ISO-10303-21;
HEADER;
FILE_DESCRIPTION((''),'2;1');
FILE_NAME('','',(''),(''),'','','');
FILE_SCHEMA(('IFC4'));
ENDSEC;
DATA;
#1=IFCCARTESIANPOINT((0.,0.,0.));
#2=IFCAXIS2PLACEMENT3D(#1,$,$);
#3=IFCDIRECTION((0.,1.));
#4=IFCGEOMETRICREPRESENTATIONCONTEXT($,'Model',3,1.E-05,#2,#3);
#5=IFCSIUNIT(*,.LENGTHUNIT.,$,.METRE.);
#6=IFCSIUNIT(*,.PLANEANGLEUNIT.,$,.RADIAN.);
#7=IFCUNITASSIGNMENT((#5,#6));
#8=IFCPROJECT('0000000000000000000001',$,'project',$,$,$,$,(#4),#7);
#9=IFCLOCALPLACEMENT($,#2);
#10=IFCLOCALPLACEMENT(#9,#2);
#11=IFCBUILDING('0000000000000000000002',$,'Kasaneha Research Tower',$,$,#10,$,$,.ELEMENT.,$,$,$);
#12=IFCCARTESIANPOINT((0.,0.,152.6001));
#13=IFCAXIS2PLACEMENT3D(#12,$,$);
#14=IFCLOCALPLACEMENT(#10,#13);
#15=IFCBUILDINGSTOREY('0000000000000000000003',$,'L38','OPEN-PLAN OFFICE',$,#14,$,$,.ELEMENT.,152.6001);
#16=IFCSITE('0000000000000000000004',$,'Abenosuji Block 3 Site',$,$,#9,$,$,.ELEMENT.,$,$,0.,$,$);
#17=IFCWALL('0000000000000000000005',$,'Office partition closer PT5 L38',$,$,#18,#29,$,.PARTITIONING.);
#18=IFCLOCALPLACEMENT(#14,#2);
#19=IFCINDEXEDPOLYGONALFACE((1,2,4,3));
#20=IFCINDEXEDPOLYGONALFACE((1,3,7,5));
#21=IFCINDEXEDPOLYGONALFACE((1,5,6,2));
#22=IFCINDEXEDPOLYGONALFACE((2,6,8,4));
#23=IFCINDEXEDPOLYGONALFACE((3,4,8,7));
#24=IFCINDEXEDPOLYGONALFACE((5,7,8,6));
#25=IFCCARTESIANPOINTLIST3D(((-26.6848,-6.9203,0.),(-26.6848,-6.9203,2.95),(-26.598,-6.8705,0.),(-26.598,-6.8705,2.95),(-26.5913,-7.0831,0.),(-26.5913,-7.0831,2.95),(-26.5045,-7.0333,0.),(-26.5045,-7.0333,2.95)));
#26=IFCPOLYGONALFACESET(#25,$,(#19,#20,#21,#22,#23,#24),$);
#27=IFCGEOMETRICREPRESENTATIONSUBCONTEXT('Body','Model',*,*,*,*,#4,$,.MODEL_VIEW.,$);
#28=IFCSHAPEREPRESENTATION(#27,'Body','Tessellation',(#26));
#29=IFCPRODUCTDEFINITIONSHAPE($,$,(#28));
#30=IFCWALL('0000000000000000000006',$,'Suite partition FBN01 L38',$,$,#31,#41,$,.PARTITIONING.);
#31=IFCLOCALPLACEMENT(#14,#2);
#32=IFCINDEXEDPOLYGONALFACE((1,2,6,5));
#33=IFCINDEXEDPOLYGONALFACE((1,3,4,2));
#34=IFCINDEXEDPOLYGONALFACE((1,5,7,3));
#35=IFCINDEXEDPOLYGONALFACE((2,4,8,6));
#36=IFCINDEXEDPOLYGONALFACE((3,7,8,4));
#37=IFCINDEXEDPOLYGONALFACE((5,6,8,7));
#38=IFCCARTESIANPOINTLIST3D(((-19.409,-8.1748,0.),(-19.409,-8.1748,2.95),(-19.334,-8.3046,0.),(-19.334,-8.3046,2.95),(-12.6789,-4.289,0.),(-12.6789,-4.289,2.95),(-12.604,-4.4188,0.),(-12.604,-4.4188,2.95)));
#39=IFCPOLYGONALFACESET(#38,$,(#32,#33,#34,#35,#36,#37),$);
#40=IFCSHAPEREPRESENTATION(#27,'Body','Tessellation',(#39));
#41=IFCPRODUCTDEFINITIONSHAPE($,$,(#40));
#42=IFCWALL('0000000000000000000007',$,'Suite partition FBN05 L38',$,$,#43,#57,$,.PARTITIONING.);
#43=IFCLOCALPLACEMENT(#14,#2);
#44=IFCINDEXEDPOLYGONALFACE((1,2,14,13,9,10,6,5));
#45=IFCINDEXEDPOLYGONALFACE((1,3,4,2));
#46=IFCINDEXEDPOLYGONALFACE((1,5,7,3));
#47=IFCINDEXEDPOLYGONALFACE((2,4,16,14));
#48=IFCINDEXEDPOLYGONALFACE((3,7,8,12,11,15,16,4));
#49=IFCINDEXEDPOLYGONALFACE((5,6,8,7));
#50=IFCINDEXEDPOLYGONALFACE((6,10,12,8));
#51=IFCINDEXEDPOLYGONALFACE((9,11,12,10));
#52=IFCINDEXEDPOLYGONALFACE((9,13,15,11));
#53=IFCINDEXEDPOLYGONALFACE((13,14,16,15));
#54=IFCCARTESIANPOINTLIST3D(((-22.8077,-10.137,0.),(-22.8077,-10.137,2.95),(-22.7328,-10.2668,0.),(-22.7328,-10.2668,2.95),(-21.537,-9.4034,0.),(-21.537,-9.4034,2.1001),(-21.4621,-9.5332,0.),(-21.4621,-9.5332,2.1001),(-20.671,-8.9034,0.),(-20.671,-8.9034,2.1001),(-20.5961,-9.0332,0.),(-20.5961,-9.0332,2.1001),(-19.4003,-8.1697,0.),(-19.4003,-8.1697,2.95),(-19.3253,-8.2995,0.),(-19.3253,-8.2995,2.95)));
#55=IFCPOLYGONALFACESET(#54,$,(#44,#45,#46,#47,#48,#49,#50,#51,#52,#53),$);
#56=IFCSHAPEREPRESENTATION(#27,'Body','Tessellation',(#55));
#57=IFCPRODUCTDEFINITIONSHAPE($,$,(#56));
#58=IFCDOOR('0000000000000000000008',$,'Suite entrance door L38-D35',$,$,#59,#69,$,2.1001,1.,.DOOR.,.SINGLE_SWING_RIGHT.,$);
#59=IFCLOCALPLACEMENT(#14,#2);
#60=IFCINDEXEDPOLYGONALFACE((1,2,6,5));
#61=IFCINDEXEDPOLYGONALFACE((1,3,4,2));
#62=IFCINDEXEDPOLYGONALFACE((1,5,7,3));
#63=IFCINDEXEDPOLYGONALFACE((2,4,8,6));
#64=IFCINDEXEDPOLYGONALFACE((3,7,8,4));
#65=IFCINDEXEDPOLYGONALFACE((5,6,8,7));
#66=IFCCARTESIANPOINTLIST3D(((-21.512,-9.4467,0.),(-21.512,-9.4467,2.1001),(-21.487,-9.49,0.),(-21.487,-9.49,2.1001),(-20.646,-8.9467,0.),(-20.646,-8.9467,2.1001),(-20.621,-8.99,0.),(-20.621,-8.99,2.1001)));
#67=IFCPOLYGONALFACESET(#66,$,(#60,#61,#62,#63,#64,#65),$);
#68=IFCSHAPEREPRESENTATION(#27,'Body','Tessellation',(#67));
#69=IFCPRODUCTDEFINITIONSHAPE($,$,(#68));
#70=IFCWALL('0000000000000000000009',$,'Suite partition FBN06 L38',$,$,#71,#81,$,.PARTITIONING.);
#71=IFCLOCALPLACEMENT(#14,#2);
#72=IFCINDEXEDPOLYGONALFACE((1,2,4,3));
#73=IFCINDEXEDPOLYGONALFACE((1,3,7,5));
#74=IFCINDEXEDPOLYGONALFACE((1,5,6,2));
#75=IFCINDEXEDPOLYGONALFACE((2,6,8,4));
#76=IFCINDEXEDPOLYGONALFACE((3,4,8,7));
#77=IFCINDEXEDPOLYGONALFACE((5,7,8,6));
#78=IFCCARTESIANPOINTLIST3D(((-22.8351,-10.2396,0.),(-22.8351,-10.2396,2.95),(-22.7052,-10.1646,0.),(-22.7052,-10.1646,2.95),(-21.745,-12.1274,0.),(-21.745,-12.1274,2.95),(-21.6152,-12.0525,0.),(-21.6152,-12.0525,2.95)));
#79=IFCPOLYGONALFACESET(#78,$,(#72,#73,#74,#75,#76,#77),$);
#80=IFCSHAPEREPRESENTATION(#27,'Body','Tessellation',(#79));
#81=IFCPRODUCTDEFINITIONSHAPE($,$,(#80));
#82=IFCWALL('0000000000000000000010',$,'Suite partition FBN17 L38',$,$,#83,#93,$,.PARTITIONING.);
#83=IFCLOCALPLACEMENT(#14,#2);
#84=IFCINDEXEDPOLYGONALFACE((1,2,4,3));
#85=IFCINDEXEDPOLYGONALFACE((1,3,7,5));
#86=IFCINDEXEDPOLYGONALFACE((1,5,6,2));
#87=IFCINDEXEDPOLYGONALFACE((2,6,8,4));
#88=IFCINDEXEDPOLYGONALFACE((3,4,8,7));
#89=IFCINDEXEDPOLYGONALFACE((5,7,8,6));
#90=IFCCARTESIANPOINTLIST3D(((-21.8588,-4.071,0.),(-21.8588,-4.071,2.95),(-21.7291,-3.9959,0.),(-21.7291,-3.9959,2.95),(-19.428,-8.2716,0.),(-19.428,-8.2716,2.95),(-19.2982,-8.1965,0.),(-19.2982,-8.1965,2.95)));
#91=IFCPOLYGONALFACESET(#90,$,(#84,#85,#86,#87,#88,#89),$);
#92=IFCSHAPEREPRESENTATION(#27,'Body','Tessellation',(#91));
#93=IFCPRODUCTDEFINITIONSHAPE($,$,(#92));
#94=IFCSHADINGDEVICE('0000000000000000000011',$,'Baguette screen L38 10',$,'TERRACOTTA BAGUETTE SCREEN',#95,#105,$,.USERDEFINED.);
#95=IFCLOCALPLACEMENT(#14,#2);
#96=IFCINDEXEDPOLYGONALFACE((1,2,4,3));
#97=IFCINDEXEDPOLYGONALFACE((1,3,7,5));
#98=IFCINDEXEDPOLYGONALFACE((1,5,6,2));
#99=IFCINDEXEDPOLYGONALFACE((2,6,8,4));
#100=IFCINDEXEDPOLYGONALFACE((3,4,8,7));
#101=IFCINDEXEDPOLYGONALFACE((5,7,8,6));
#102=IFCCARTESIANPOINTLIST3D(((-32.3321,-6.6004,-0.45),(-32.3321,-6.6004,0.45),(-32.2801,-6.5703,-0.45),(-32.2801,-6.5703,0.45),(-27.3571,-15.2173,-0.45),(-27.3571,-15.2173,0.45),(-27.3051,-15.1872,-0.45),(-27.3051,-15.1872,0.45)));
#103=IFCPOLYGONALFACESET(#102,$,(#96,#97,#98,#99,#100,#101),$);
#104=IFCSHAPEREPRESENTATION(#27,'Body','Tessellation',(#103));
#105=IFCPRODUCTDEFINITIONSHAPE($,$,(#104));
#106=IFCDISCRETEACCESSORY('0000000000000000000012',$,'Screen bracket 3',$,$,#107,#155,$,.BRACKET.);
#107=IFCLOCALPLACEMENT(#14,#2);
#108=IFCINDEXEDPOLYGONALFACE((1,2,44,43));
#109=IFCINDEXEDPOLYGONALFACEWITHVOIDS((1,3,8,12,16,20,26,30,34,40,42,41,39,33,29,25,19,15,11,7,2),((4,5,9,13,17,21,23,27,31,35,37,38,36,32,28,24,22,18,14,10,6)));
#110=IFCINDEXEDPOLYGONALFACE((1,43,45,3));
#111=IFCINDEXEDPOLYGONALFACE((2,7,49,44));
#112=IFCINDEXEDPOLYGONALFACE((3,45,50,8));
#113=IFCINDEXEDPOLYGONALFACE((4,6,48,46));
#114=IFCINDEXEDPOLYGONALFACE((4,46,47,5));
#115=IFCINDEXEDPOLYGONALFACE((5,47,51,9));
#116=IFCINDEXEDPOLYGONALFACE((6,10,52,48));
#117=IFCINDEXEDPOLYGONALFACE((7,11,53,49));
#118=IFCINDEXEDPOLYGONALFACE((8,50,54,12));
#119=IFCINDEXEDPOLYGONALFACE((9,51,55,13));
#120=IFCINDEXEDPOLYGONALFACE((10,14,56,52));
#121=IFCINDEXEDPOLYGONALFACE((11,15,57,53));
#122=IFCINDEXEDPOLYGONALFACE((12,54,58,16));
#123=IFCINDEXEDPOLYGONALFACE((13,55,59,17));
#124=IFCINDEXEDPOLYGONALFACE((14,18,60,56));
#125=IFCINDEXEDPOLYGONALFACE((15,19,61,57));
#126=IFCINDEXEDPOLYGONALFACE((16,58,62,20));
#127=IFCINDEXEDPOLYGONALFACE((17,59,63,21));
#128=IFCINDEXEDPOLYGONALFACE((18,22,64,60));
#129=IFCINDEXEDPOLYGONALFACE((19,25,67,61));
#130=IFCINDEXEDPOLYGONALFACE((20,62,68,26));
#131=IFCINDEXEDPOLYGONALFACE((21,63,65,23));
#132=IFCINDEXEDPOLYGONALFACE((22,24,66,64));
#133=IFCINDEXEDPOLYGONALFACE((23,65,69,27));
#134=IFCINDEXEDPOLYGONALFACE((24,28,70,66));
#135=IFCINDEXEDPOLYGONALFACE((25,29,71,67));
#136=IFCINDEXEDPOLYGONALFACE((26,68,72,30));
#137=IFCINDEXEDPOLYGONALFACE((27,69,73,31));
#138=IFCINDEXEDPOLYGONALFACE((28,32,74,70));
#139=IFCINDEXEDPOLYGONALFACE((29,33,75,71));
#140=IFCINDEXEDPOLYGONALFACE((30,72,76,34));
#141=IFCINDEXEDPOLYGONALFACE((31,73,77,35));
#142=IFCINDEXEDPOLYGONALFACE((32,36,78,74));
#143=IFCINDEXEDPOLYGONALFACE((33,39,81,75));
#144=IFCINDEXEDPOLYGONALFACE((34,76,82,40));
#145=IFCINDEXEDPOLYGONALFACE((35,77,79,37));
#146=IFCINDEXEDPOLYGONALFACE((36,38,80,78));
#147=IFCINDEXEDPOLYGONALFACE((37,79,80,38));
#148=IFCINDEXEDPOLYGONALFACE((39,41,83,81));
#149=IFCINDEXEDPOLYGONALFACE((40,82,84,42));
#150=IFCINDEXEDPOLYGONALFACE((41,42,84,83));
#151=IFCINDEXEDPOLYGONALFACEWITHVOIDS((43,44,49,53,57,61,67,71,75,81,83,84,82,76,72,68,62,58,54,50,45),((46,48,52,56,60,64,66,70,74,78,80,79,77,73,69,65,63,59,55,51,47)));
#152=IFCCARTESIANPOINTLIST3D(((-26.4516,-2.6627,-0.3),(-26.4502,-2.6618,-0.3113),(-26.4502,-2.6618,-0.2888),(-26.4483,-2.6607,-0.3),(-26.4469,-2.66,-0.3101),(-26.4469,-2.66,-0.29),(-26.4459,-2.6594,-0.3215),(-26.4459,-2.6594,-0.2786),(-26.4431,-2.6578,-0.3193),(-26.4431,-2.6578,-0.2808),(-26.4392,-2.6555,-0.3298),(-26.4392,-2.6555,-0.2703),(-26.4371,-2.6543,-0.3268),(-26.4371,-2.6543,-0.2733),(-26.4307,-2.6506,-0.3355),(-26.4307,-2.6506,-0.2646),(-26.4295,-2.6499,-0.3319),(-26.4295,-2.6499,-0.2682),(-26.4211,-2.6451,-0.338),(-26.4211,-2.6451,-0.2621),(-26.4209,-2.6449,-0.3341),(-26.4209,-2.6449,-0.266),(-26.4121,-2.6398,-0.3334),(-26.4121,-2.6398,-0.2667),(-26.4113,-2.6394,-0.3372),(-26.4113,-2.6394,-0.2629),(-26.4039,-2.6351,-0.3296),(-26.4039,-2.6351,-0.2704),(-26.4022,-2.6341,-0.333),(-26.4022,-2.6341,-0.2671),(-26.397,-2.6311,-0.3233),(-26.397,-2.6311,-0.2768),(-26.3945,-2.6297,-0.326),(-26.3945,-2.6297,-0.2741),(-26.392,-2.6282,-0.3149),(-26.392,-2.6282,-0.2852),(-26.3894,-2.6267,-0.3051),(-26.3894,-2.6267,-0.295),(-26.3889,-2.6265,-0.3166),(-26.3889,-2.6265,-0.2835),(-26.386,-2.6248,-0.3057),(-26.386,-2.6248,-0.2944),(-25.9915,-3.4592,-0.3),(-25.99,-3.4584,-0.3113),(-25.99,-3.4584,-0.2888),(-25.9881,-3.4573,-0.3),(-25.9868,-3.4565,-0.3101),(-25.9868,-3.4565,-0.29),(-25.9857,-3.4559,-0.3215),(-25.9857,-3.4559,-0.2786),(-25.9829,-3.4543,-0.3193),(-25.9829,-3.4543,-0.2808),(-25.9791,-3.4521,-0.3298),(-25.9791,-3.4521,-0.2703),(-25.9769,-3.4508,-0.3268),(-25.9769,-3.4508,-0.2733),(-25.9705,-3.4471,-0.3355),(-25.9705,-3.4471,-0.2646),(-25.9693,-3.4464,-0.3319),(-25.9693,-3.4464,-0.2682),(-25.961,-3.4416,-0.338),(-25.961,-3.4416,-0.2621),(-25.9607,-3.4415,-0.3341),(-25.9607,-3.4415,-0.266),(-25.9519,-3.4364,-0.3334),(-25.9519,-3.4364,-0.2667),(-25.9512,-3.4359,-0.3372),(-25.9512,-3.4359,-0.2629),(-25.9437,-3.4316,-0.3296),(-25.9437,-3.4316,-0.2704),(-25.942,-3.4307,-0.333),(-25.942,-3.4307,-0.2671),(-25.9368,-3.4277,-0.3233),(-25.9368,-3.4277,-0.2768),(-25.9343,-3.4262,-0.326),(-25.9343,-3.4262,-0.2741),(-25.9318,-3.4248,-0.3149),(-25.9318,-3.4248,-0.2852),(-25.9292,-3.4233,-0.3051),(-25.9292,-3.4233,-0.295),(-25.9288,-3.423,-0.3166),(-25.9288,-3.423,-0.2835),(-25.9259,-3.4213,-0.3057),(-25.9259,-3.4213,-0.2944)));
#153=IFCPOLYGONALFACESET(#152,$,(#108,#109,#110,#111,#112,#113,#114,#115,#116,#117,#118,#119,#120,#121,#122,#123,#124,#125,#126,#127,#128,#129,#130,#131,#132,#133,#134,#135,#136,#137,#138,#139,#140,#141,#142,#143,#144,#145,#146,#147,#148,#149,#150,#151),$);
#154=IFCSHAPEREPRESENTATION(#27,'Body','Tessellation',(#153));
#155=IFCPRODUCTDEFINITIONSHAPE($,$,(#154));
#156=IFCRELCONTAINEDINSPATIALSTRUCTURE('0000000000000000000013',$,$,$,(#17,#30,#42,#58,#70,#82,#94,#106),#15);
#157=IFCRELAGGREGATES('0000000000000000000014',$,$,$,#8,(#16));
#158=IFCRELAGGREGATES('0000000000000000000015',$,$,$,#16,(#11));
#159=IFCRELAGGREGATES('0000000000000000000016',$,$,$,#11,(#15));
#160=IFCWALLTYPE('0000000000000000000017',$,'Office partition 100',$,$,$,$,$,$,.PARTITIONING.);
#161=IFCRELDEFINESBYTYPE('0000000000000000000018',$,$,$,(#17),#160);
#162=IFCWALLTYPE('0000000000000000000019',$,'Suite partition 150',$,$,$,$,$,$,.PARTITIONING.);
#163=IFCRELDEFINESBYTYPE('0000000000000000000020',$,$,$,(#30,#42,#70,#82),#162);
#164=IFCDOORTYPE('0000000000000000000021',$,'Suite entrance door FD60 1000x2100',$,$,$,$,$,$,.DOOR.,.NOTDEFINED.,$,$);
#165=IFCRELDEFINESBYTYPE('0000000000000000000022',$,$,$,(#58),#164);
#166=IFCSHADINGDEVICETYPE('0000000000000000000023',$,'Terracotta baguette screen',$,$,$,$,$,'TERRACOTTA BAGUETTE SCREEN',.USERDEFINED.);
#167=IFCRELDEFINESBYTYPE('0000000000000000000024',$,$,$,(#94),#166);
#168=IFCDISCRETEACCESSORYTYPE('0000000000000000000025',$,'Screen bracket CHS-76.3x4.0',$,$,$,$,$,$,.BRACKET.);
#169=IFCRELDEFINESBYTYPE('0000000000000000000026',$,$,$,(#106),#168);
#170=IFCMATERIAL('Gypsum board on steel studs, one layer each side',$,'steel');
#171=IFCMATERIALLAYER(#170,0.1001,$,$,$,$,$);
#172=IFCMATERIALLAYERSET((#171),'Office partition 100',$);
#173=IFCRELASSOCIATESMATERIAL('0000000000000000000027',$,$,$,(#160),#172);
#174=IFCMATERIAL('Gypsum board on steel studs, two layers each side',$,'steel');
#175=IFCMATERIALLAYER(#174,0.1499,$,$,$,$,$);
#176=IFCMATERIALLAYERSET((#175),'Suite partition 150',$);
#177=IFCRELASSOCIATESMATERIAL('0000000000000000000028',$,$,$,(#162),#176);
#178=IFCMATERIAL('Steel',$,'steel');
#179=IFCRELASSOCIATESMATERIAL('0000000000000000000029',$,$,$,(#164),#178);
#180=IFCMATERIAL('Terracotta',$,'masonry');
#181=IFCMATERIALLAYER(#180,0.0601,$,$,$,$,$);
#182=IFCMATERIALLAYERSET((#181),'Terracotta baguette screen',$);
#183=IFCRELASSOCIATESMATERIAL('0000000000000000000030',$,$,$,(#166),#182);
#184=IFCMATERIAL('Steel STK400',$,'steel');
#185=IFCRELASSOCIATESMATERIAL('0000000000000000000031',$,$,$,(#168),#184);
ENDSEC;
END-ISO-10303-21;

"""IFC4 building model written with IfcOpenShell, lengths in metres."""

from ifc_helpers import new_model, si_unit, direction, frame, frame_2d, origin, origin_2d, place, context, subcontext, project, spatial, rectangle, hollow_circle, extrude, material, layer, layer_set, material_profile, profile_set, type_object, element, fill, save


model = new_model("IFC4")

# Units and contexts
model_context = context("Model", 3, precision=1e-05, world=origin(), true_north=direction((0.0, 1.0)))
body_context = subcontext(model_context, "Body", "Model", "MODEL_VIEW")
ifc_project = project(units=[si_unit("LENGTHUNIT", "METRE"), si_unit("PLANEANGLEUNIT", "RADIAN")], contexts=[model_context])

# Site, building, storey
site_placement = place(None, origin())
site = spatial("IfcSite", under=ifc_project, at=site_placement, Name="Abenosuji Block 3 Site", CompositionType="ELEMENT", RefElevation=0.0)
building_placement = place(site_placement, origin())
building = spatial("IfcBuilding", under=site, at=building_placement, Name="Kasaneha Research Tower", CompositionType="ELEMENT")
storey_placement = place(building_placement, frame((0.0, 0.0, 152.6001)))
storey = spatial("IfcBuildingStorey", under=building, at=storey_placement, Name="L38", Description="OPEN-PLAN OFFICE", CompositionType="ELEMENT", Elevation=152.6001)

# Shared definitions
ifc_material_1 = material(Name="Gypsum board on steel studs, one layer each side", Category="steel")
ifc_layer_1 = layer(ifc_material_1, 0.1001)
ifc_layer_set_1 = layer_set([ifc_layer_1], Name="Office partition 100")
wall_type_1 = type_object("IfcWallType", Name="Office partition 100", PredefinedType="PARTITIONING", material=ifc_layer_set_1)

# Walls
wall_1_placement = place(storey_placement, frame((-26.6414, -6.8955, 0.0), z_axis=(0.0, 0.0, 1.0), x_axis=(0.497958, -0.867201, 0.0)))
element("IfcWall", 1, at=wall_1_placement, inside=storey, type_object=wall_type_1, Name="Office partition closer PT5 L38", PredefinedType="PARTITIONING", context=body_context, shape_type="SweptSolid", body=[
    extrude(rectangle(XDim=0.1877, YDim=0.1001, at=frame_2d((0.0938, 0.0))), origin(), (0.0, 0.0, 1.0), 2.95),
])
ifc_material_2 = material(Name="Gypsum board on steel studs, two layers each side", Category="steel")
ifc_layer_2 = layer(ifc_material_2, 0.1499)
ifc_layer_set_2 = layer_set([ifc_layer_2], Name="Suite partition 150")
wall_type_2 = type_object("IfcWallType", Name="Suite partition 150", PredefinedType="PARTITIONING", material=ifc_layer_set_2)
wall_2_placement = place(storey_placement, frame((-19.3716, -8.2397, 0.0), z_axis=(0.0, 0.0, 1.0), x_axis=(0.866015, 0.500018, 0.0)))
element("IfcWall", 2, at=wall_2_placement, inside=storey, type_object=wall_type_2, Name="Suite partition FBN01 L38", PredefinedType="PARTITIONING", context=body_context, shape_type="SweptSolid", body=[
    extrude(rectangle(XDim=7.7712, YDim=0.1499, at=frame_2d((3.8857, 0.0))), origin(), (0.0, 0.0, 1.0), 2.95),
])

# Wall, opening, door
wall_3_placement = place(storey_placement, frame((-22.7703, -10.2019, 0.0), z_axis=(0.0, 0.0, 1.0), x_axis=(0.866027, 0.499996, 0.0)))
wall_3 = element("IfcWall", 3, at=wall_3_placement, inside=storey, type_object=wall_type_2, Name="Suite partition FBN05 L38", PredefinedType="PARTITIONING", context=body_context, shape_type="SweptSolid", body=[
    extrude(rectangle(XDim=3.9346, YDim=0.1499, at=frame_2d((1.9673, 0.0))), origin(), (0.0, 0.0, 1.0), 2.95),
])
opening_1_placement = place(wall_3_placement, frame((1.4673, 0.0, 0.0)))
opening_1 = element("IfcOpeningElement", 4, at=opening_1_placement, cuts=wall_3, PredefinedType="OPENING", context=body_context, shape_type="SweptSolid", body=[
    extrude(rectangle(XDim=1.0, YDim=2.1001, at=frame_2d((0.5, 1.05))), frame((0.0, 0.085, 0.0), z_axis=(0.0, -1.0, 0.0), x_axis=(1.0, 0.0, 0.0)), (0.0, 0.0, 1.0), 0.1699),
])
ifc_material_3 = material(Name="Steel", Category="steel")
door_type_1 = type_object("IfcDoorType", Name="Suite entrance door FD60 1000x2100", OperationType="NOTDEFINED", PredefinedType="DOOR", material=ifc_material_3)
door_1_placement = place(opening_1_placement, origin())
door_1 = element("IfcDoor", 5, at=door_1_placement, inside=storey, type_object=door_type_1, Name="Suite entrance door L38-D35", OperationType="SINGLE_SWING_RIGHT", OverallHeight=2.1001, OverallWidth=1.0, PredefinedType="DOOR", context=body_context, shape_type="SweptSolid", body=[
    extrude(rectangle(XDim=1.0, YDim=2.1001, at=frame_2d((0.5, 1.05))), frame((0.0, 0.0249, 0.0), z_axis=(0.0, -1.0, 0.0), x_axis=(1.0, 0.0, 0.0)), (0.0, 0.0, 1.0), 0.05),
])
fill(opening_1, door_1)

# Walls
wall_4_placement = place(storey_placement, frame((-21.6802, -12.0898, 0.0), z_axis=(0.0, 0.0, 1.0), x_axis=(-0.500029, 0.866008, 0.0)))
element("IfcWall", 6, at=wall_4_placement, inside=storey, type_object=wall_type_2, Name="Suite partition FBN06 L38", PredefinedType="PARTITIONING", context=body_context, shape_type="SweptSolid", body=[
    extrude(rectangle(XDim=2.1799, YDim=0.1499, at=frame_2d((1.0898, 0.0))), origin(), (0.0, 0.0, 1.0), 2.95),
])
wall_5_placement = place(storey_placement, frame((-19.363, -8.2341, 0.0), z_axis=(0.0, 0.0, 1.0), x_axis=(-0.500872, 0.865522, 0.0)))
element("IfcWall", 7, at=wall_5_placement, inside=storey, type_object=wall_type_2, Name="Suite partition FBN17 L38", PredefinedType="PARTITIONING", context=body_context, shape_type="SweptSolid", body=[
    extrude(rectangle(XDim=4.8533, YDim=0.1499, at=frame_2d((2.4268, 0.0))), origin(), (0.0, 0.0, 1.0), 2.95),
])

# Shading device
ifc_material_4 = material(Name="Terracotta", Category="masonry")
ifc_layer_3 = layer(ifc_material_4, 0.0601)
ifc_layer_set_3 = layer_set([ifc_layer_3], Name="Terracotta baguette screen")
shading_device_type = type_object("IfcShadingDeviceType", Name="Terracotta baguette screen", ElementType="TERRACOTTA BAGUETTE SCREEN", PredefinedType="USERDEFINED", material=ifc_layer_set_3)
shading_device_placement = place(storey_placement, frame((-29.8186, -10.8938, -0.45), z_axis=(0.0, 0.0, 1.0), x_axis=(0.5, -0.866025, 0.0)))
element("IfcShadingDevice", 8, at=shading_device_placement, inside=storey, type_object=shading_device_type, Name="Baguette screen L38 10", ObjectType="TERRACOTTA BAGUETTE SCREEN", PredefinedType="USERDEFINED", context=body_context, shape_type="SweptSolid", body=[
    extrude(rectangle(XDim=9.95, YDim=0.0601, at=origin_2d()), origin(), (0.0, 0.0, 1.0), 0.8999),
])

# Discrete accessory
ifc_material_5 = material(Name="Steel STK400", Category="steel")
ifc_material_profile_1 = material_profile(ifc_material_5, hollow_circle(Radius=0.0381, WallThickness=0.0039, at=origin_2d()), Name="CHS-76.3x4.0")
ifc_profile_set_1 = profile_set([ifc_material_profile_1], Name="Steel STK400")
discrete_accessory_type = type_object("IfcDiscreteAccessoryType", Name="Screen bracket CHS-76.3x4.0", PredefinedType="BRACKET", material=ifc_profile_set_1)
discrete_accessory_1_placement = place(storey_placement, frame((-25.9585, -3.4402, -0.3), z_axis=(-0.50022, 0.865898, 0.0), x_axis=(-0.865898, -0.50022, 0.0)))
element("IfcDiscreteAccessory", 9, at=discrete_accessory_1_placement, inside=storey, type_object=discrete_accessory_type, Name="Screen bracket 3", PredefinedType="BRACKET", context=body_context, shape_type="SweptSolid", body=[
    extrude(hollow_circle(Radius=0.0381, WallThickness=0.0039, at=origin_2d()), origin(), (0.0, 0.0, 1.0), 0.9199),
])

save(model, "model.ifc")
